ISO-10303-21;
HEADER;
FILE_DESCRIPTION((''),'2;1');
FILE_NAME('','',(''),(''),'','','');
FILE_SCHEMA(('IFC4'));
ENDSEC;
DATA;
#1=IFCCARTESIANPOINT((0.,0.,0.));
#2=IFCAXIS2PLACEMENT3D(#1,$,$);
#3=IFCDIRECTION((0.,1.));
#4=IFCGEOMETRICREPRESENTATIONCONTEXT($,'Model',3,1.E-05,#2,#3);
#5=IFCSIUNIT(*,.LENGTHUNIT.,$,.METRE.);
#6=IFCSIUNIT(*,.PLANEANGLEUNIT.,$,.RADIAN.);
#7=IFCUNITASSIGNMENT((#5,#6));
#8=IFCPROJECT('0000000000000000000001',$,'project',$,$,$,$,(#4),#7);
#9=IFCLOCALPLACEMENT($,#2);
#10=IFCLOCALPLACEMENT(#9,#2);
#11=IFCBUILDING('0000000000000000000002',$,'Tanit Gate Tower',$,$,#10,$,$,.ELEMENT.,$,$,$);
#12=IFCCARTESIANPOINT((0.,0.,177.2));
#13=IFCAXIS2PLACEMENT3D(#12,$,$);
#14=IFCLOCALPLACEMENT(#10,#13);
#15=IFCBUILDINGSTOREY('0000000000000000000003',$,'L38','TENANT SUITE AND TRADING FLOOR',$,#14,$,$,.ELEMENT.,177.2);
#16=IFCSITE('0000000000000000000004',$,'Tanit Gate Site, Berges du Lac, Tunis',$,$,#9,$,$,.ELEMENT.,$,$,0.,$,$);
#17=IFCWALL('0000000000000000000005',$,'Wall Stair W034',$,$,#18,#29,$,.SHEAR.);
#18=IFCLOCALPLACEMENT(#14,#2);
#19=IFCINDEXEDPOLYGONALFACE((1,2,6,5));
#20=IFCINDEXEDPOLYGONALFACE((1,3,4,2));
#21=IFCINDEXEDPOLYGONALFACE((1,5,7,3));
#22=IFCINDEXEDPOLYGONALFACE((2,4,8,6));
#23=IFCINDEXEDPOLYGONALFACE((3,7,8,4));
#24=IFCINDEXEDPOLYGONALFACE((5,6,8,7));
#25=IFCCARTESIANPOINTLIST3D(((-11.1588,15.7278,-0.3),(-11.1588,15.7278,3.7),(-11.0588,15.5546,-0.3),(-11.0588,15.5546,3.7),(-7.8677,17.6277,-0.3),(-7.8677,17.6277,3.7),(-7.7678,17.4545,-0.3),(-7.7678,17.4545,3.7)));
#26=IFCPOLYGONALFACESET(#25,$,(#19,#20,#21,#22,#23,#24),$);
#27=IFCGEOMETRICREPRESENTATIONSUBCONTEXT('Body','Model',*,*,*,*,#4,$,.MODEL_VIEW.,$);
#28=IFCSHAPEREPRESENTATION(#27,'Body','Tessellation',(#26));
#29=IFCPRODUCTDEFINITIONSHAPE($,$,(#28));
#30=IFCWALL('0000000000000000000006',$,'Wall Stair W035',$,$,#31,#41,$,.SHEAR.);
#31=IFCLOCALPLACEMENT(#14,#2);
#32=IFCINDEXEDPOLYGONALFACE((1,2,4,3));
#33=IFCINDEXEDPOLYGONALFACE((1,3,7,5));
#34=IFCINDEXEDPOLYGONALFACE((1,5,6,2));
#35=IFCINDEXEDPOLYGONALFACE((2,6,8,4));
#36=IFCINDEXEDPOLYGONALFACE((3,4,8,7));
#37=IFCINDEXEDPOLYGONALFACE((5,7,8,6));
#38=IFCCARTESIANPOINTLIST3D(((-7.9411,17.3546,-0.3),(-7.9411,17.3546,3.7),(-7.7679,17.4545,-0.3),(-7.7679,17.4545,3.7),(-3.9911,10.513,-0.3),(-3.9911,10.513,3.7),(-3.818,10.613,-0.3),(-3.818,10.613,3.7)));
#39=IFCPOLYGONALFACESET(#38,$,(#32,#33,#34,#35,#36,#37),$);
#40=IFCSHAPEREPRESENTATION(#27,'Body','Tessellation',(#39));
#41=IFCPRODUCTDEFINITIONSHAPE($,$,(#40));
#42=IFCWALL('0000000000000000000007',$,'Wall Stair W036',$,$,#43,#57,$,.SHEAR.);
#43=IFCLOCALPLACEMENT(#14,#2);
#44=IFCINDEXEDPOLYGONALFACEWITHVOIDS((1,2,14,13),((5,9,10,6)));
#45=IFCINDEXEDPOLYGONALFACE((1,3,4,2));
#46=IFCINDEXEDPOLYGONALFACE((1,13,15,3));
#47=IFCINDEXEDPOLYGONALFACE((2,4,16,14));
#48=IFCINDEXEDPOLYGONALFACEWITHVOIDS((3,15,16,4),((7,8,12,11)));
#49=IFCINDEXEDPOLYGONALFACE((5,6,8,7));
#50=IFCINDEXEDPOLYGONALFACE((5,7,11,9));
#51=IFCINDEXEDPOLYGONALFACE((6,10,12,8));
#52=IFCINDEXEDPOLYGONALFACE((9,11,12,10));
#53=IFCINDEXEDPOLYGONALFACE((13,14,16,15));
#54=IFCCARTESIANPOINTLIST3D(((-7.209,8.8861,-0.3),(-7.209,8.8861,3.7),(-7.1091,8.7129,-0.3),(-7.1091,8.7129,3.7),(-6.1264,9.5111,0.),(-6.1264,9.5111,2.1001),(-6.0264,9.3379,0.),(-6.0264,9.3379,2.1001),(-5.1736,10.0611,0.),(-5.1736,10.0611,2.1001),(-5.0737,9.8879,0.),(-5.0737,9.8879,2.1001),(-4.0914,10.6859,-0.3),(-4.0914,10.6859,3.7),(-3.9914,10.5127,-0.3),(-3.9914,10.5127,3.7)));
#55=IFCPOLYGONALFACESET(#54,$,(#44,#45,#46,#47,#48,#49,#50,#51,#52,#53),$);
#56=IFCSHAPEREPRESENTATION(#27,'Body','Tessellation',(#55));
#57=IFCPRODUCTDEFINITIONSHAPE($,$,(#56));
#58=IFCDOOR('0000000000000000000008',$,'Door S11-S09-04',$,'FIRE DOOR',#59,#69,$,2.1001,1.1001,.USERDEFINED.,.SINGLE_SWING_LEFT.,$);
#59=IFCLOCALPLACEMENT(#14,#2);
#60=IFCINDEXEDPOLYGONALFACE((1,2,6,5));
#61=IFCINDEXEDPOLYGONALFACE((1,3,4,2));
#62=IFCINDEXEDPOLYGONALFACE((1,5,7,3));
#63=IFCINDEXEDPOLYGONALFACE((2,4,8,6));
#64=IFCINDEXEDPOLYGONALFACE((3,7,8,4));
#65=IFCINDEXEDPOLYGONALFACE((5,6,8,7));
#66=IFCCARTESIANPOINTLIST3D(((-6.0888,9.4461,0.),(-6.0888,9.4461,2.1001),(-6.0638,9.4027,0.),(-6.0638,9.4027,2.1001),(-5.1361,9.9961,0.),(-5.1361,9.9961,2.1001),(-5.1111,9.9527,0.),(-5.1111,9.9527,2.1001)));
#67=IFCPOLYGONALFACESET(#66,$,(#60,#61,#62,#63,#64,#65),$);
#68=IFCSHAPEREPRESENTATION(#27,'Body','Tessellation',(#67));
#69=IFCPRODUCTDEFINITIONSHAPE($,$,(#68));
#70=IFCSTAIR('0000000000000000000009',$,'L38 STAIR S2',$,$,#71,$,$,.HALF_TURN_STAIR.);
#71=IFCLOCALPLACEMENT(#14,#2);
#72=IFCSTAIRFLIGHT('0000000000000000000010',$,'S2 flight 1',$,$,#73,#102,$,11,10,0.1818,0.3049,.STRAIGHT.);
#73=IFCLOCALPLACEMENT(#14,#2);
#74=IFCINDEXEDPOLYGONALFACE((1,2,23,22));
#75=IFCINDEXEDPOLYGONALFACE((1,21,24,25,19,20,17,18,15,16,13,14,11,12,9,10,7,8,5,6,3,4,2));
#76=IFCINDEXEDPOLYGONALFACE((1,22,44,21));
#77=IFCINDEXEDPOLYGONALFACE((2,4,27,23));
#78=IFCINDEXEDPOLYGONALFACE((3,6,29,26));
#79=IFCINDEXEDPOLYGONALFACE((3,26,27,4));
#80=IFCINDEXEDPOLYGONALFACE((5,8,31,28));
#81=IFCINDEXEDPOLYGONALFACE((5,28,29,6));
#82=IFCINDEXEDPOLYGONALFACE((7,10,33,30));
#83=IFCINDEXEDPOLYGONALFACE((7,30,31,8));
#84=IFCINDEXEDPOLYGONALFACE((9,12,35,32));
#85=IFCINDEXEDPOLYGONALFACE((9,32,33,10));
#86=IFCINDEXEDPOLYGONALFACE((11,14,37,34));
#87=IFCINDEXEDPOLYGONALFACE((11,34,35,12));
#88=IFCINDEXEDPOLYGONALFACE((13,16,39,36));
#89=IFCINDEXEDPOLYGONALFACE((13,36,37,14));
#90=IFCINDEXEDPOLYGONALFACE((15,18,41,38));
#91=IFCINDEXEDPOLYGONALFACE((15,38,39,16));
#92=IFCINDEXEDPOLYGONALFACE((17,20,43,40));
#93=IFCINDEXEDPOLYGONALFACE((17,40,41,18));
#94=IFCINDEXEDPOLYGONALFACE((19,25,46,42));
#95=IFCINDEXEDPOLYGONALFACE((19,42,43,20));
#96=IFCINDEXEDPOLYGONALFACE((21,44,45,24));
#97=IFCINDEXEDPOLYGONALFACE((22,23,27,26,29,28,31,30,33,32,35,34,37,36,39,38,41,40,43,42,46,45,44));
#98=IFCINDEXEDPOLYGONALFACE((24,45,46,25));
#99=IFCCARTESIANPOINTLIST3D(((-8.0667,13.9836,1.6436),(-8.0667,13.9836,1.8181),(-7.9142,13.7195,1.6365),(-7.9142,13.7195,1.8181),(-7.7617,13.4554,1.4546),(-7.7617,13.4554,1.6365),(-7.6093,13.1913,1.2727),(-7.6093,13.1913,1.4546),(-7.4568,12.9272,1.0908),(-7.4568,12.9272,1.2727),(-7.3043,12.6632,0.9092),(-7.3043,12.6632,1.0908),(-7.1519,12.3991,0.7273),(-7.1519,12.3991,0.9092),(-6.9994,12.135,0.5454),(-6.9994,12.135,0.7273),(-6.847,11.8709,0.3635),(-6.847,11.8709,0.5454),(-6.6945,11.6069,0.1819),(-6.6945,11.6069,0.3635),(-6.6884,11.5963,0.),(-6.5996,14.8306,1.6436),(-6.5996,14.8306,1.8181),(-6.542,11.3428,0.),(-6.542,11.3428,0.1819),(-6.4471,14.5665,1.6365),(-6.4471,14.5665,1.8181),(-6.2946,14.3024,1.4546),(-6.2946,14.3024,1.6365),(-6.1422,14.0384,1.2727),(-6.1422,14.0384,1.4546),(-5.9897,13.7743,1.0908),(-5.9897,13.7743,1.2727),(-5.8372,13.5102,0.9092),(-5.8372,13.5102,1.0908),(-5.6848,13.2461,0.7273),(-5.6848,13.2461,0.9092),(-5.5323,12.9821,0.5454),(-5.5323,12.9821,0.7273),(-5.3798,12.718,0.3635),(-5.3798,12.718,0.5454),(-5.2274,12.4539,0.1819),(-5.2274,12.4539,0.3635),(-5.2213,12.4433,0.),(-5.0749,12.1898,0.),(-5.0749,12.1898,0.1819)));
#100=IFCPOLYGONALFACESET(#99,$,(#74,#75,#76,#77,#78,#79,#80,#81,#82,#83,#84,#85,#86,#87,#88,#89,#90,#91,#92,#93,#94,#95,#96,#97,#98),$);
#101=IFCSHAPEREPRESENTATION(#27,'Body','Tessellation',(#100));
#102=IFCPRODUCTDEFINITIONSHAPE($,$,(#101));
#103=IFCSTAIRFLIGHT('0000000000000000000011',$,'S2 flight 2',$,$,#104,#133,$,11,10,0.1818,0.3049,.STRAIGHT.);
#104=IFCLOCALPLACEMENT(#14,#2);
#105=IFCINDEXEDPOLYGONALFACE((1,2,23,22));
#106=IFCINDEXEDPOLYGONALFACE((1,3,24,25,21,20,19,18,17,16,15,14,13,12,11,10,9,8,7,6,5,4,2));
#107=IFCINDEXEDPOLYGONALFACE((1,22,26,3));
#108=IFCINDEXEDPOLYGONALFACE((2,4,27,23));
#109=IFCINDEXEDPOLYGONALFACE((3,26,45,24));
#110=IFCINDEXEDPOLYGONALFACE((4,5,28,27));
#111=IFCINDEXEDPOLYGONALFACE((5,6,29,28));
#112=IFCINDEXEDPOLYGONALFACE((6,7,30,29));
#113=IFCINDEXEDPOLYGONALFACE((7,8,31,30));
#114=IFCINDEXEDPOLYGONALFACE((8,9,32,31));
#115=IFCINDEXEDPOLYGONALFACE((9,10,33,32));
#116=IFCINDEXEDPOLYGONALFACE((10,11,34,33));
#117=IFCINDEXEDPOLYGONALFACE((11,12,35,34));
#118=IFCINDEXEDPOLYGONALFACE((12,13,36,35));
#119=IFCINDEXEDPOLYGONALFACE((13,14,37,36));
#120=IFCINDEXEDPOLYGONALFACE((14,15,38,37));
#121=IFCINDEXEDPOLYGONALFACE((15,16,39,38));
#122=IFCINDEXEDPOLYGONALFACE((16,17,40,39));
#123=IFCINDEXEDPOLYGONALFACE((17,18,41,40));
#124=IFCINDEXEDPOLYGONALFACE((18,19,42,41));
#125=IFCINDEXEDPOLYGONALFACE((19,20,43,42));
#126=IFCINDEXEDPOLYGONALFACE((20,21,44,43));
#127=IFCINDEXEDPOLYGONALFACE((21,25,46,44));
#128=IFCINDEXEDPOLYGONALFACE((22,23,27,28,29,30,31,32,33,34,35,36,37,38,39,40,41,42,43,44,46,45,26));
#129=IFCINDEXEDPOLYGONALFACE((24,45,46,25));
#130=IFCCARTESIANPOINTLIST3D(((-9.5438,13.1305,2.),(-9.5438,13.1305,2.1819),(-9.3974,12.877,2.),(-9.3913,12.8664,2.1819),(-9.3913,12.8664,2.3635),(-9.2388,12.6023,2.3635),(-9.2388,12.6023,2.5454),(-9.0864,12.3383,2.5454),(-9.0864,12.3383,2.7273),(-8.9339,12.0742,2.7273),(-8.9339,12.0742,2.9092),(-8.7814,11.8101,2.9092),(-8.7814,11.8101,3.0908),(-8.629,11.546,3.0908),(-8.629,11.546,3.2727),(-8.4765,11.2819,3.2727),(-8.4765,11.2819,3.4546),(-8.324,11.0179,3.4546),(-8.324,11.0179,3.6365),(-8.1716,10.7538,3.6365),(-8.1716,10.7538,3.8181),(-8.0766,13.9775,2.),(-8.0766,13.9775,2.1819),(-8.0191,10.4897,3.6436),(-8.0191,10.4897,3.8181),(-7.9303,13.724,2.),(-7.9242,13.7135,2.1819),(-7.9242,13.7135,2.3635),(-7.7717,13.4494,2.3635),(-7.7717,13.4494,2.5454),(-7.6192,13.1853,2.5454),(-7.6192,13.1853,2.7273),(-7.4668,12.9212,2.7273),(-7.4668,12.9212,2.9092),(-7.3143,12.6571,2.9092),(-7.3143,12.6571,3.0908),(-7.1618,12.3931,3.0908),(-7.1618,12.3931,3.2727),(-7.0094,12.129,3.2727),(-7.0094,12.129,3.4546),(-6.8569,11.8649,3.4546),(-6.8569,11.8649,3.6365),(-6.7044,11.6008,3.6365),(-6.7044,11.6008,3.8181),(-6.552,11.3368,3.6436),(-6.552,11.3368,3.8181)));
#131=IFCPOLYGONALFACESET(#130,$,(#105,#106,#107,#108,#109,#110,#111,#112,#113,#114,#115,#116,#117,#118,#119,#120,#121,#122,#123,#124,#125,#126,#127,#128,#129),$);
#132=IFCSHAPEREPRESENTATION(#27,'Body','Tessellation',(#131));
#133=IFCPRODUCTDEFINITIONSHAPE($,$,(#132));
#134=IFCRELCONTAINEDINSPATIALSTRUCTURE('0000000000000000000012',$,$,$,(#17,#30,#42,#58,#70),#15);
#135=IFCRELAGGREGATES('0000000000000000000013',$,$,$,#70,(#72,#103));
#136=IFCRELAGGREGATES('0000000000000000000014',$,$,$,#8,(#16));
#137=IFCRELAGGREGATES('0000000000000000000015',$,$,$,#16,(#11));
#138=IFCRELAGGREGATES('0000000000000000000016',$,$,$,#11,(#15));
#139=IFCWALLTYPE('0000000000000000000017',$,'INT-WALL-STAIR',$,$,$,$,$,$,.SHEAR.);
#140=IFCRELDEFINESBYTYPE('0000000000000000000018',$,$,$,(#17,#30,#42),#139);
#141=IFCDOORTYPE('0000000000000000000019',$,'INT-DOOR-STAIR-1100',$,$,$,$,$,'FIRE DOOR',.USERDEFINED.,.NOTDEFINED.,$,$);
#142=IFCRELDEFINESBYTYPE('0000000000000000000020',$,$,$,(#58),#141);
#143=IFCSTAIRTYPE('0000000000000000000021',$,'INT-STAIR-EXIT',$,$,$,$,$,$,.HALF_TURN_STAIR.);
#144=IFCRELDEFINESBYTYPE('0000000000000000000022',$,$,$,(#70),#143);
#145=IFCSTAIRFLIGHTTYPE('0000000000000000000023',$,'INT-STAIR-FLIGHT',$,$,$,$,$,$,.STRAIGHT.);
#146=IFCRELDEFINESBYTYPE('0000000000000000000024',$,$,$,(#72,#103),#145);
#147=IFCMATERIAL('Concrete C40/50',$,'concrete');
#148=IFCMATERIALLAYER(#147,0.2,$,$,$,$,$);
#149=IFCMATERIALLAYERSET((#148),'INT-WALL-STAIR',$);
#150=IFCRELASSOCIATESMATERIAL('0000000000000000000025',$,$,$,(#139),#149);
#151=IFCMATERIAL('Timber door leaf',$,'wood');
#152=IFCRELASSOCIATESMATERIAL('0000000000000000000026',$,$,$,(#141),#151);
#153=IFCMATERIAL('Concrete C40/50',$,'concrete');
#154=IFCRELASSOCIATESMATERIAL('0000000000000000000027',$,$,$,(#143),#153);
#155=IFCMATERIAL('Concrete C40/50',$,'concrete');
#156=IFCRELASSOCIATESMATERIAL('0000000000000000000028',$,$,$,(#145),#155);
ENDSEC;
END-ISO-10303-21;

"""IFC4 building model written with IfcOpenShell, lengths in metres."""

from ifc_helpers import new_model, si_unit, direction, frame, frame_2d, origin, place, context, subcontext, project, spatial, polyline, rectangle, outline, extrude, material, layer, layer_set, type_object, element, fill, aggregate, save


model = new_model("IFC4")

# Units and contexts
model_context = context("Model", 3, precision=1e-05, world=origin(), true_north=direction((0.0, 1.0)))
body_context = subcontext(model_context, "Body", "Model", "MODEL_VIEW")
ifc_project = project(units=[si_unit("LENGTHUNIT", "METRE"), si_unit("PLANEANGLEUNIT", "RADIAN")], contexts=[model_context])

# Site, building, storey
site_placement = place(None, origin())
site = spatial("IfcSite", under=ifc_project, at=site_placement, Name="Tanit Gate Site, Berges du Lac, Tunis", CompositionType="ELEMENT", RefElevation=0.0)
building_placement = place(site_placement, origin())
building = spatial("IfcBuilding", under=site, at=building_placement, Name="Tanit Gate Tower", CompositionType="ELEMENT")
storey_placement = place(building_placement, frame((0.0, 0.0, 177.2)))
storey = spatial("IfcBuildingStorey", under=building, at=storey_placement, Name="L38", Description="TENANT SUITE AND TRADING FLOOR", CompositionType="ELEMENT", Elevation=177.2)

# Walls
ifc_material_1 = material(Name="Concrete C40/50", Category="concrete")
ifc_layer_1 = layer(ifc_material_1, 0.2)
ifc_layer_set_1 = layer_set([ifc_layer_1], Name="INT-WALL-STAIR")
wall_type_1 = type_object("IfcWallType", Name="INT-WALL-STAIR", PredefinedType="SHEAR", material=ifc_layer_set_1)
wall_1_placement = place(storey_placement, frame((-7.8179, 17.541, -0.3), z_axis=(0.0, 0.0, 1.0), x_axis=(-0.866044, -0.499967, 0.0)))
element("IfcWall", 1, at=wall_1_placement, inside=storey, type_object=wall_type_1, Name="Wall Stair W034", PredefinedType="SHEAR", context=body_context, shape_type="SweptSolid", body=[
    extrude(rectangle(XDim=3.8, YDim=0.2, at=frame_2d((1.8999, 0.0))), origin(), (0.0, 0.0, 1.0), 4.0),
])
wall_2_placement = place(storey_placement, frame((-7.8545, 17.4045, -0.3), z_axis=(0.0, 0.0, 1.0), x_axis=(0.499998, -0.866027, 0.0)))
element("IfcWall", 2, at=wall_2_placement, inside=storey, type_object=wall_type_1, Name="Wall Stair W035", PredefinedType="SHEAR", context=body_context, shape_type="SweptSolid", body=[
    extrude(rectangle(XDim=7.8999, YDim=0.2, at=frame_2d((3.95, 0.0))), origin(), (0.0, 0.0, 1.0), 4.0),
])

# Wall, opening, door
wall_3_placement = place(storey_placement, frame((-7.1589, 8.7996, -0.3), z_axis=(0.0, 0.0, 1.0), x_axis=(0.866048, 0.499961, 0.0)))
wall_3 = element("IfcWall", 3, at=wall_3_placement, inside=storey, type_object=wall_type_1, Name="Wall Stair W036", PredefinedType="SHEAR", context=body_context, shape_type="SweptSolid", body=[
    extrude(rectangle(XDim=3.5999, YDim=0.2, at=frame_2d((1.7998, 0.0))), origin(), (0.0, 0.0, 1.0), 4.0),
])
opening_1_placement = place(wall_3_placement, frame((1.25, 0.0, 0.3)))
opening_1 = element("IfcOpeningElement", 4, at=opening_1_placement, cuts=wall_3, PredefinedType="OPENING", context=body_context, shape_type="SweptSolid", body=[
    extrude(rectangle(XDim=1.1001, YDim=2.1001, at=frame_2d((0.55, 1.05))), frame((0.0, 0.1099, 0.0), z_axis=(0.0, -1.0, 0.0), x_axis=(1.0, 0.0, 0.0)), (0.0, 0.0, 1.0), 0.22),
])
ifc_material_2 = material(Name="Timber door leaf", Category="wood")
door_type_1 = type_object("IfcDoorType", Name="INT-DOOR-STAIR-1100", ElementType="FIRE DOOR", OperationType="NOTDEFINED", PredefinedType="USERDEFINED", material=ifc_material_2)
door_1_placement = place(opening_1_placement, origin())
door_1 = element("IfcDoor", 5, at=door_1_placement, inside=storey, type_object=door_type_1, Name="Door S11-S09-04", ObjectType="FIRE DOOR", OperationType="SINGLE_SWING_LEFT", OverallHeight=2.1001, OverallWidth=1.1001, PredefinedType="USERDEFINED", context=body_context, shape_type="SweptSolid", body=[
    extrude(rectangle(XDim=1.1001, YDim=2.1001, at=frame_2d((0.55, 1.05))), frame((0.0, 0.0249, 0.0), z_axis=(0.0, -1.0, 0.0), x_axis=(1.0, 0.0, 0.0)), (0.0, 0.0, 1.0), 0.05),
])
fill(opening_1, door_1)

# Stair, stair flights
ifc_material_3 = material(Name="Concrete C40/50", Category="concrete")
stair_type = type_object("IfcStairType", Name="INT-STAIR-EXIT", PredefinedType="HALF_TURN_STAIR", material=ifc_material_3)
stair_placement = place(storey_placement, origin())
stair = element("IfcStair", 6, at=stair_placement, inside=storey, type_object=stair_type, Name="L38 STAIR S2", PredefinedType="HALF_TURN_STAIR")
ifc_material_4 = material(Name="Concrete C40/50", Category="concrete")
stair_flight_type = type_object("IfcStairFlightType", Name="INT-STAIR-FLIGHT", PredefinedType="STRAIGHT", material=ifc_material_4)
stair_flight_1_placement = place(storey_placement, frame((-5.8083, 11.7664, 0.0), z_axis=(0.0, 0.0, 1.0), x_axis=(-0.5, 0.866025, 0.0)))
stair_flight_1 = element("IfcStairFlight", 7, at=stair_flight_1_placement, type_object=stair_flight_type, Name="S2 flight 1", NumberOfRisers=11, NumberOfTreads=10, PredefinedType="STRAIGHT", RiserHeight=0.1818, TreadLength=0.3049, context=body_context, shape_type="SweptSolid", body=[
    extrude(outline(polyline([(0.0, 0.0), (0.0, 0.1819), (0.3049, 0.1819), (0.3049, 0.3635), (0.6099, 0.3635), (0.6099, 0.5454), (0.9148, 0.5454), (0.9148, 0.7273), (1.2197, 0.7273), (1.2197, 0.9092), (1.5247, 0.9092), (1.5247, 1.0908), (1.8296, 1.0908), (1.8296, 1.2727), (2.1345, 1.2727), (2.1345, 1.4546), (2.4395, 1.4546), (2.4395, 1.6365), (2.7444, 1.6365), (2.7444, 1.8181), (3.0493, 1.8181), (3.0493, 2.0), (3.0493, 1.6436), (0.2927, 0.0), (0.0, 0.0)])), frame((0.0, 0.8472, 0.0), z_axis=(0.0, -1.0, 0.0), x_axis=(1.0, 0.0, 0.0)), (0.0, 0.0, 1.0), 1.6941),
])
stair_flight_2_placement = place(storey_placement, frame((-8.8103, 13.554, 2.0), z_axis=(0.0, 0.0, 1.0), x_axis=(0.5, -0.866025, 0.0)))
stair_flight_2 = element("IfcStairFlight", 8, at=stair_flight_2_placement, type_object=stair_flight_type, Name="S2 flight 2", NumberOfRisers=11, NumberOfTreads=10, PredefinedType="STRAIGHT", RiserHeight=0.1818, TreadLength=0.3049, context=body_context, shape_type="SweptSolid", body=[
    extrude(outline(polyline([(0.0, 0.0), (0.0, 0.1819), (0.3049, 0.1819), (0.3049, 0.3635), (0.6099, 0.3635), (0.6099, 0.5454), (0.9148, 0.5454), (0.9148, 0.7273), (1.2197, 0.7273), (1.2197, 0.9092), (1.5247, 0.9092), (1.5247, 1.0908), (1.8296, 1.0908), (1.8296, 1.2727), (2.1345, 1.2727), (2.1345, 1.4546), (2.4395, 1.4546), (2.4395, 1.6365), (2.7444, 1.6365), (2.7444, 1.8181), (3.0493, 1.8181), (3.0493, 2.0), (3.0493, 1.6436), (0.2927, 0.0), (0.0, 0.0)])), frame((0.0, 0.8472, 0.0), z_axis=(0.0, -1.0, 0.0), x_axis=(1.0, 0.0, 0.0)), (0.0, 0.0, 1.0), 1.6941),
])
aggregate(stair, [stair_flight_1, stair_flight_2])

save(model, "model.ifc")
